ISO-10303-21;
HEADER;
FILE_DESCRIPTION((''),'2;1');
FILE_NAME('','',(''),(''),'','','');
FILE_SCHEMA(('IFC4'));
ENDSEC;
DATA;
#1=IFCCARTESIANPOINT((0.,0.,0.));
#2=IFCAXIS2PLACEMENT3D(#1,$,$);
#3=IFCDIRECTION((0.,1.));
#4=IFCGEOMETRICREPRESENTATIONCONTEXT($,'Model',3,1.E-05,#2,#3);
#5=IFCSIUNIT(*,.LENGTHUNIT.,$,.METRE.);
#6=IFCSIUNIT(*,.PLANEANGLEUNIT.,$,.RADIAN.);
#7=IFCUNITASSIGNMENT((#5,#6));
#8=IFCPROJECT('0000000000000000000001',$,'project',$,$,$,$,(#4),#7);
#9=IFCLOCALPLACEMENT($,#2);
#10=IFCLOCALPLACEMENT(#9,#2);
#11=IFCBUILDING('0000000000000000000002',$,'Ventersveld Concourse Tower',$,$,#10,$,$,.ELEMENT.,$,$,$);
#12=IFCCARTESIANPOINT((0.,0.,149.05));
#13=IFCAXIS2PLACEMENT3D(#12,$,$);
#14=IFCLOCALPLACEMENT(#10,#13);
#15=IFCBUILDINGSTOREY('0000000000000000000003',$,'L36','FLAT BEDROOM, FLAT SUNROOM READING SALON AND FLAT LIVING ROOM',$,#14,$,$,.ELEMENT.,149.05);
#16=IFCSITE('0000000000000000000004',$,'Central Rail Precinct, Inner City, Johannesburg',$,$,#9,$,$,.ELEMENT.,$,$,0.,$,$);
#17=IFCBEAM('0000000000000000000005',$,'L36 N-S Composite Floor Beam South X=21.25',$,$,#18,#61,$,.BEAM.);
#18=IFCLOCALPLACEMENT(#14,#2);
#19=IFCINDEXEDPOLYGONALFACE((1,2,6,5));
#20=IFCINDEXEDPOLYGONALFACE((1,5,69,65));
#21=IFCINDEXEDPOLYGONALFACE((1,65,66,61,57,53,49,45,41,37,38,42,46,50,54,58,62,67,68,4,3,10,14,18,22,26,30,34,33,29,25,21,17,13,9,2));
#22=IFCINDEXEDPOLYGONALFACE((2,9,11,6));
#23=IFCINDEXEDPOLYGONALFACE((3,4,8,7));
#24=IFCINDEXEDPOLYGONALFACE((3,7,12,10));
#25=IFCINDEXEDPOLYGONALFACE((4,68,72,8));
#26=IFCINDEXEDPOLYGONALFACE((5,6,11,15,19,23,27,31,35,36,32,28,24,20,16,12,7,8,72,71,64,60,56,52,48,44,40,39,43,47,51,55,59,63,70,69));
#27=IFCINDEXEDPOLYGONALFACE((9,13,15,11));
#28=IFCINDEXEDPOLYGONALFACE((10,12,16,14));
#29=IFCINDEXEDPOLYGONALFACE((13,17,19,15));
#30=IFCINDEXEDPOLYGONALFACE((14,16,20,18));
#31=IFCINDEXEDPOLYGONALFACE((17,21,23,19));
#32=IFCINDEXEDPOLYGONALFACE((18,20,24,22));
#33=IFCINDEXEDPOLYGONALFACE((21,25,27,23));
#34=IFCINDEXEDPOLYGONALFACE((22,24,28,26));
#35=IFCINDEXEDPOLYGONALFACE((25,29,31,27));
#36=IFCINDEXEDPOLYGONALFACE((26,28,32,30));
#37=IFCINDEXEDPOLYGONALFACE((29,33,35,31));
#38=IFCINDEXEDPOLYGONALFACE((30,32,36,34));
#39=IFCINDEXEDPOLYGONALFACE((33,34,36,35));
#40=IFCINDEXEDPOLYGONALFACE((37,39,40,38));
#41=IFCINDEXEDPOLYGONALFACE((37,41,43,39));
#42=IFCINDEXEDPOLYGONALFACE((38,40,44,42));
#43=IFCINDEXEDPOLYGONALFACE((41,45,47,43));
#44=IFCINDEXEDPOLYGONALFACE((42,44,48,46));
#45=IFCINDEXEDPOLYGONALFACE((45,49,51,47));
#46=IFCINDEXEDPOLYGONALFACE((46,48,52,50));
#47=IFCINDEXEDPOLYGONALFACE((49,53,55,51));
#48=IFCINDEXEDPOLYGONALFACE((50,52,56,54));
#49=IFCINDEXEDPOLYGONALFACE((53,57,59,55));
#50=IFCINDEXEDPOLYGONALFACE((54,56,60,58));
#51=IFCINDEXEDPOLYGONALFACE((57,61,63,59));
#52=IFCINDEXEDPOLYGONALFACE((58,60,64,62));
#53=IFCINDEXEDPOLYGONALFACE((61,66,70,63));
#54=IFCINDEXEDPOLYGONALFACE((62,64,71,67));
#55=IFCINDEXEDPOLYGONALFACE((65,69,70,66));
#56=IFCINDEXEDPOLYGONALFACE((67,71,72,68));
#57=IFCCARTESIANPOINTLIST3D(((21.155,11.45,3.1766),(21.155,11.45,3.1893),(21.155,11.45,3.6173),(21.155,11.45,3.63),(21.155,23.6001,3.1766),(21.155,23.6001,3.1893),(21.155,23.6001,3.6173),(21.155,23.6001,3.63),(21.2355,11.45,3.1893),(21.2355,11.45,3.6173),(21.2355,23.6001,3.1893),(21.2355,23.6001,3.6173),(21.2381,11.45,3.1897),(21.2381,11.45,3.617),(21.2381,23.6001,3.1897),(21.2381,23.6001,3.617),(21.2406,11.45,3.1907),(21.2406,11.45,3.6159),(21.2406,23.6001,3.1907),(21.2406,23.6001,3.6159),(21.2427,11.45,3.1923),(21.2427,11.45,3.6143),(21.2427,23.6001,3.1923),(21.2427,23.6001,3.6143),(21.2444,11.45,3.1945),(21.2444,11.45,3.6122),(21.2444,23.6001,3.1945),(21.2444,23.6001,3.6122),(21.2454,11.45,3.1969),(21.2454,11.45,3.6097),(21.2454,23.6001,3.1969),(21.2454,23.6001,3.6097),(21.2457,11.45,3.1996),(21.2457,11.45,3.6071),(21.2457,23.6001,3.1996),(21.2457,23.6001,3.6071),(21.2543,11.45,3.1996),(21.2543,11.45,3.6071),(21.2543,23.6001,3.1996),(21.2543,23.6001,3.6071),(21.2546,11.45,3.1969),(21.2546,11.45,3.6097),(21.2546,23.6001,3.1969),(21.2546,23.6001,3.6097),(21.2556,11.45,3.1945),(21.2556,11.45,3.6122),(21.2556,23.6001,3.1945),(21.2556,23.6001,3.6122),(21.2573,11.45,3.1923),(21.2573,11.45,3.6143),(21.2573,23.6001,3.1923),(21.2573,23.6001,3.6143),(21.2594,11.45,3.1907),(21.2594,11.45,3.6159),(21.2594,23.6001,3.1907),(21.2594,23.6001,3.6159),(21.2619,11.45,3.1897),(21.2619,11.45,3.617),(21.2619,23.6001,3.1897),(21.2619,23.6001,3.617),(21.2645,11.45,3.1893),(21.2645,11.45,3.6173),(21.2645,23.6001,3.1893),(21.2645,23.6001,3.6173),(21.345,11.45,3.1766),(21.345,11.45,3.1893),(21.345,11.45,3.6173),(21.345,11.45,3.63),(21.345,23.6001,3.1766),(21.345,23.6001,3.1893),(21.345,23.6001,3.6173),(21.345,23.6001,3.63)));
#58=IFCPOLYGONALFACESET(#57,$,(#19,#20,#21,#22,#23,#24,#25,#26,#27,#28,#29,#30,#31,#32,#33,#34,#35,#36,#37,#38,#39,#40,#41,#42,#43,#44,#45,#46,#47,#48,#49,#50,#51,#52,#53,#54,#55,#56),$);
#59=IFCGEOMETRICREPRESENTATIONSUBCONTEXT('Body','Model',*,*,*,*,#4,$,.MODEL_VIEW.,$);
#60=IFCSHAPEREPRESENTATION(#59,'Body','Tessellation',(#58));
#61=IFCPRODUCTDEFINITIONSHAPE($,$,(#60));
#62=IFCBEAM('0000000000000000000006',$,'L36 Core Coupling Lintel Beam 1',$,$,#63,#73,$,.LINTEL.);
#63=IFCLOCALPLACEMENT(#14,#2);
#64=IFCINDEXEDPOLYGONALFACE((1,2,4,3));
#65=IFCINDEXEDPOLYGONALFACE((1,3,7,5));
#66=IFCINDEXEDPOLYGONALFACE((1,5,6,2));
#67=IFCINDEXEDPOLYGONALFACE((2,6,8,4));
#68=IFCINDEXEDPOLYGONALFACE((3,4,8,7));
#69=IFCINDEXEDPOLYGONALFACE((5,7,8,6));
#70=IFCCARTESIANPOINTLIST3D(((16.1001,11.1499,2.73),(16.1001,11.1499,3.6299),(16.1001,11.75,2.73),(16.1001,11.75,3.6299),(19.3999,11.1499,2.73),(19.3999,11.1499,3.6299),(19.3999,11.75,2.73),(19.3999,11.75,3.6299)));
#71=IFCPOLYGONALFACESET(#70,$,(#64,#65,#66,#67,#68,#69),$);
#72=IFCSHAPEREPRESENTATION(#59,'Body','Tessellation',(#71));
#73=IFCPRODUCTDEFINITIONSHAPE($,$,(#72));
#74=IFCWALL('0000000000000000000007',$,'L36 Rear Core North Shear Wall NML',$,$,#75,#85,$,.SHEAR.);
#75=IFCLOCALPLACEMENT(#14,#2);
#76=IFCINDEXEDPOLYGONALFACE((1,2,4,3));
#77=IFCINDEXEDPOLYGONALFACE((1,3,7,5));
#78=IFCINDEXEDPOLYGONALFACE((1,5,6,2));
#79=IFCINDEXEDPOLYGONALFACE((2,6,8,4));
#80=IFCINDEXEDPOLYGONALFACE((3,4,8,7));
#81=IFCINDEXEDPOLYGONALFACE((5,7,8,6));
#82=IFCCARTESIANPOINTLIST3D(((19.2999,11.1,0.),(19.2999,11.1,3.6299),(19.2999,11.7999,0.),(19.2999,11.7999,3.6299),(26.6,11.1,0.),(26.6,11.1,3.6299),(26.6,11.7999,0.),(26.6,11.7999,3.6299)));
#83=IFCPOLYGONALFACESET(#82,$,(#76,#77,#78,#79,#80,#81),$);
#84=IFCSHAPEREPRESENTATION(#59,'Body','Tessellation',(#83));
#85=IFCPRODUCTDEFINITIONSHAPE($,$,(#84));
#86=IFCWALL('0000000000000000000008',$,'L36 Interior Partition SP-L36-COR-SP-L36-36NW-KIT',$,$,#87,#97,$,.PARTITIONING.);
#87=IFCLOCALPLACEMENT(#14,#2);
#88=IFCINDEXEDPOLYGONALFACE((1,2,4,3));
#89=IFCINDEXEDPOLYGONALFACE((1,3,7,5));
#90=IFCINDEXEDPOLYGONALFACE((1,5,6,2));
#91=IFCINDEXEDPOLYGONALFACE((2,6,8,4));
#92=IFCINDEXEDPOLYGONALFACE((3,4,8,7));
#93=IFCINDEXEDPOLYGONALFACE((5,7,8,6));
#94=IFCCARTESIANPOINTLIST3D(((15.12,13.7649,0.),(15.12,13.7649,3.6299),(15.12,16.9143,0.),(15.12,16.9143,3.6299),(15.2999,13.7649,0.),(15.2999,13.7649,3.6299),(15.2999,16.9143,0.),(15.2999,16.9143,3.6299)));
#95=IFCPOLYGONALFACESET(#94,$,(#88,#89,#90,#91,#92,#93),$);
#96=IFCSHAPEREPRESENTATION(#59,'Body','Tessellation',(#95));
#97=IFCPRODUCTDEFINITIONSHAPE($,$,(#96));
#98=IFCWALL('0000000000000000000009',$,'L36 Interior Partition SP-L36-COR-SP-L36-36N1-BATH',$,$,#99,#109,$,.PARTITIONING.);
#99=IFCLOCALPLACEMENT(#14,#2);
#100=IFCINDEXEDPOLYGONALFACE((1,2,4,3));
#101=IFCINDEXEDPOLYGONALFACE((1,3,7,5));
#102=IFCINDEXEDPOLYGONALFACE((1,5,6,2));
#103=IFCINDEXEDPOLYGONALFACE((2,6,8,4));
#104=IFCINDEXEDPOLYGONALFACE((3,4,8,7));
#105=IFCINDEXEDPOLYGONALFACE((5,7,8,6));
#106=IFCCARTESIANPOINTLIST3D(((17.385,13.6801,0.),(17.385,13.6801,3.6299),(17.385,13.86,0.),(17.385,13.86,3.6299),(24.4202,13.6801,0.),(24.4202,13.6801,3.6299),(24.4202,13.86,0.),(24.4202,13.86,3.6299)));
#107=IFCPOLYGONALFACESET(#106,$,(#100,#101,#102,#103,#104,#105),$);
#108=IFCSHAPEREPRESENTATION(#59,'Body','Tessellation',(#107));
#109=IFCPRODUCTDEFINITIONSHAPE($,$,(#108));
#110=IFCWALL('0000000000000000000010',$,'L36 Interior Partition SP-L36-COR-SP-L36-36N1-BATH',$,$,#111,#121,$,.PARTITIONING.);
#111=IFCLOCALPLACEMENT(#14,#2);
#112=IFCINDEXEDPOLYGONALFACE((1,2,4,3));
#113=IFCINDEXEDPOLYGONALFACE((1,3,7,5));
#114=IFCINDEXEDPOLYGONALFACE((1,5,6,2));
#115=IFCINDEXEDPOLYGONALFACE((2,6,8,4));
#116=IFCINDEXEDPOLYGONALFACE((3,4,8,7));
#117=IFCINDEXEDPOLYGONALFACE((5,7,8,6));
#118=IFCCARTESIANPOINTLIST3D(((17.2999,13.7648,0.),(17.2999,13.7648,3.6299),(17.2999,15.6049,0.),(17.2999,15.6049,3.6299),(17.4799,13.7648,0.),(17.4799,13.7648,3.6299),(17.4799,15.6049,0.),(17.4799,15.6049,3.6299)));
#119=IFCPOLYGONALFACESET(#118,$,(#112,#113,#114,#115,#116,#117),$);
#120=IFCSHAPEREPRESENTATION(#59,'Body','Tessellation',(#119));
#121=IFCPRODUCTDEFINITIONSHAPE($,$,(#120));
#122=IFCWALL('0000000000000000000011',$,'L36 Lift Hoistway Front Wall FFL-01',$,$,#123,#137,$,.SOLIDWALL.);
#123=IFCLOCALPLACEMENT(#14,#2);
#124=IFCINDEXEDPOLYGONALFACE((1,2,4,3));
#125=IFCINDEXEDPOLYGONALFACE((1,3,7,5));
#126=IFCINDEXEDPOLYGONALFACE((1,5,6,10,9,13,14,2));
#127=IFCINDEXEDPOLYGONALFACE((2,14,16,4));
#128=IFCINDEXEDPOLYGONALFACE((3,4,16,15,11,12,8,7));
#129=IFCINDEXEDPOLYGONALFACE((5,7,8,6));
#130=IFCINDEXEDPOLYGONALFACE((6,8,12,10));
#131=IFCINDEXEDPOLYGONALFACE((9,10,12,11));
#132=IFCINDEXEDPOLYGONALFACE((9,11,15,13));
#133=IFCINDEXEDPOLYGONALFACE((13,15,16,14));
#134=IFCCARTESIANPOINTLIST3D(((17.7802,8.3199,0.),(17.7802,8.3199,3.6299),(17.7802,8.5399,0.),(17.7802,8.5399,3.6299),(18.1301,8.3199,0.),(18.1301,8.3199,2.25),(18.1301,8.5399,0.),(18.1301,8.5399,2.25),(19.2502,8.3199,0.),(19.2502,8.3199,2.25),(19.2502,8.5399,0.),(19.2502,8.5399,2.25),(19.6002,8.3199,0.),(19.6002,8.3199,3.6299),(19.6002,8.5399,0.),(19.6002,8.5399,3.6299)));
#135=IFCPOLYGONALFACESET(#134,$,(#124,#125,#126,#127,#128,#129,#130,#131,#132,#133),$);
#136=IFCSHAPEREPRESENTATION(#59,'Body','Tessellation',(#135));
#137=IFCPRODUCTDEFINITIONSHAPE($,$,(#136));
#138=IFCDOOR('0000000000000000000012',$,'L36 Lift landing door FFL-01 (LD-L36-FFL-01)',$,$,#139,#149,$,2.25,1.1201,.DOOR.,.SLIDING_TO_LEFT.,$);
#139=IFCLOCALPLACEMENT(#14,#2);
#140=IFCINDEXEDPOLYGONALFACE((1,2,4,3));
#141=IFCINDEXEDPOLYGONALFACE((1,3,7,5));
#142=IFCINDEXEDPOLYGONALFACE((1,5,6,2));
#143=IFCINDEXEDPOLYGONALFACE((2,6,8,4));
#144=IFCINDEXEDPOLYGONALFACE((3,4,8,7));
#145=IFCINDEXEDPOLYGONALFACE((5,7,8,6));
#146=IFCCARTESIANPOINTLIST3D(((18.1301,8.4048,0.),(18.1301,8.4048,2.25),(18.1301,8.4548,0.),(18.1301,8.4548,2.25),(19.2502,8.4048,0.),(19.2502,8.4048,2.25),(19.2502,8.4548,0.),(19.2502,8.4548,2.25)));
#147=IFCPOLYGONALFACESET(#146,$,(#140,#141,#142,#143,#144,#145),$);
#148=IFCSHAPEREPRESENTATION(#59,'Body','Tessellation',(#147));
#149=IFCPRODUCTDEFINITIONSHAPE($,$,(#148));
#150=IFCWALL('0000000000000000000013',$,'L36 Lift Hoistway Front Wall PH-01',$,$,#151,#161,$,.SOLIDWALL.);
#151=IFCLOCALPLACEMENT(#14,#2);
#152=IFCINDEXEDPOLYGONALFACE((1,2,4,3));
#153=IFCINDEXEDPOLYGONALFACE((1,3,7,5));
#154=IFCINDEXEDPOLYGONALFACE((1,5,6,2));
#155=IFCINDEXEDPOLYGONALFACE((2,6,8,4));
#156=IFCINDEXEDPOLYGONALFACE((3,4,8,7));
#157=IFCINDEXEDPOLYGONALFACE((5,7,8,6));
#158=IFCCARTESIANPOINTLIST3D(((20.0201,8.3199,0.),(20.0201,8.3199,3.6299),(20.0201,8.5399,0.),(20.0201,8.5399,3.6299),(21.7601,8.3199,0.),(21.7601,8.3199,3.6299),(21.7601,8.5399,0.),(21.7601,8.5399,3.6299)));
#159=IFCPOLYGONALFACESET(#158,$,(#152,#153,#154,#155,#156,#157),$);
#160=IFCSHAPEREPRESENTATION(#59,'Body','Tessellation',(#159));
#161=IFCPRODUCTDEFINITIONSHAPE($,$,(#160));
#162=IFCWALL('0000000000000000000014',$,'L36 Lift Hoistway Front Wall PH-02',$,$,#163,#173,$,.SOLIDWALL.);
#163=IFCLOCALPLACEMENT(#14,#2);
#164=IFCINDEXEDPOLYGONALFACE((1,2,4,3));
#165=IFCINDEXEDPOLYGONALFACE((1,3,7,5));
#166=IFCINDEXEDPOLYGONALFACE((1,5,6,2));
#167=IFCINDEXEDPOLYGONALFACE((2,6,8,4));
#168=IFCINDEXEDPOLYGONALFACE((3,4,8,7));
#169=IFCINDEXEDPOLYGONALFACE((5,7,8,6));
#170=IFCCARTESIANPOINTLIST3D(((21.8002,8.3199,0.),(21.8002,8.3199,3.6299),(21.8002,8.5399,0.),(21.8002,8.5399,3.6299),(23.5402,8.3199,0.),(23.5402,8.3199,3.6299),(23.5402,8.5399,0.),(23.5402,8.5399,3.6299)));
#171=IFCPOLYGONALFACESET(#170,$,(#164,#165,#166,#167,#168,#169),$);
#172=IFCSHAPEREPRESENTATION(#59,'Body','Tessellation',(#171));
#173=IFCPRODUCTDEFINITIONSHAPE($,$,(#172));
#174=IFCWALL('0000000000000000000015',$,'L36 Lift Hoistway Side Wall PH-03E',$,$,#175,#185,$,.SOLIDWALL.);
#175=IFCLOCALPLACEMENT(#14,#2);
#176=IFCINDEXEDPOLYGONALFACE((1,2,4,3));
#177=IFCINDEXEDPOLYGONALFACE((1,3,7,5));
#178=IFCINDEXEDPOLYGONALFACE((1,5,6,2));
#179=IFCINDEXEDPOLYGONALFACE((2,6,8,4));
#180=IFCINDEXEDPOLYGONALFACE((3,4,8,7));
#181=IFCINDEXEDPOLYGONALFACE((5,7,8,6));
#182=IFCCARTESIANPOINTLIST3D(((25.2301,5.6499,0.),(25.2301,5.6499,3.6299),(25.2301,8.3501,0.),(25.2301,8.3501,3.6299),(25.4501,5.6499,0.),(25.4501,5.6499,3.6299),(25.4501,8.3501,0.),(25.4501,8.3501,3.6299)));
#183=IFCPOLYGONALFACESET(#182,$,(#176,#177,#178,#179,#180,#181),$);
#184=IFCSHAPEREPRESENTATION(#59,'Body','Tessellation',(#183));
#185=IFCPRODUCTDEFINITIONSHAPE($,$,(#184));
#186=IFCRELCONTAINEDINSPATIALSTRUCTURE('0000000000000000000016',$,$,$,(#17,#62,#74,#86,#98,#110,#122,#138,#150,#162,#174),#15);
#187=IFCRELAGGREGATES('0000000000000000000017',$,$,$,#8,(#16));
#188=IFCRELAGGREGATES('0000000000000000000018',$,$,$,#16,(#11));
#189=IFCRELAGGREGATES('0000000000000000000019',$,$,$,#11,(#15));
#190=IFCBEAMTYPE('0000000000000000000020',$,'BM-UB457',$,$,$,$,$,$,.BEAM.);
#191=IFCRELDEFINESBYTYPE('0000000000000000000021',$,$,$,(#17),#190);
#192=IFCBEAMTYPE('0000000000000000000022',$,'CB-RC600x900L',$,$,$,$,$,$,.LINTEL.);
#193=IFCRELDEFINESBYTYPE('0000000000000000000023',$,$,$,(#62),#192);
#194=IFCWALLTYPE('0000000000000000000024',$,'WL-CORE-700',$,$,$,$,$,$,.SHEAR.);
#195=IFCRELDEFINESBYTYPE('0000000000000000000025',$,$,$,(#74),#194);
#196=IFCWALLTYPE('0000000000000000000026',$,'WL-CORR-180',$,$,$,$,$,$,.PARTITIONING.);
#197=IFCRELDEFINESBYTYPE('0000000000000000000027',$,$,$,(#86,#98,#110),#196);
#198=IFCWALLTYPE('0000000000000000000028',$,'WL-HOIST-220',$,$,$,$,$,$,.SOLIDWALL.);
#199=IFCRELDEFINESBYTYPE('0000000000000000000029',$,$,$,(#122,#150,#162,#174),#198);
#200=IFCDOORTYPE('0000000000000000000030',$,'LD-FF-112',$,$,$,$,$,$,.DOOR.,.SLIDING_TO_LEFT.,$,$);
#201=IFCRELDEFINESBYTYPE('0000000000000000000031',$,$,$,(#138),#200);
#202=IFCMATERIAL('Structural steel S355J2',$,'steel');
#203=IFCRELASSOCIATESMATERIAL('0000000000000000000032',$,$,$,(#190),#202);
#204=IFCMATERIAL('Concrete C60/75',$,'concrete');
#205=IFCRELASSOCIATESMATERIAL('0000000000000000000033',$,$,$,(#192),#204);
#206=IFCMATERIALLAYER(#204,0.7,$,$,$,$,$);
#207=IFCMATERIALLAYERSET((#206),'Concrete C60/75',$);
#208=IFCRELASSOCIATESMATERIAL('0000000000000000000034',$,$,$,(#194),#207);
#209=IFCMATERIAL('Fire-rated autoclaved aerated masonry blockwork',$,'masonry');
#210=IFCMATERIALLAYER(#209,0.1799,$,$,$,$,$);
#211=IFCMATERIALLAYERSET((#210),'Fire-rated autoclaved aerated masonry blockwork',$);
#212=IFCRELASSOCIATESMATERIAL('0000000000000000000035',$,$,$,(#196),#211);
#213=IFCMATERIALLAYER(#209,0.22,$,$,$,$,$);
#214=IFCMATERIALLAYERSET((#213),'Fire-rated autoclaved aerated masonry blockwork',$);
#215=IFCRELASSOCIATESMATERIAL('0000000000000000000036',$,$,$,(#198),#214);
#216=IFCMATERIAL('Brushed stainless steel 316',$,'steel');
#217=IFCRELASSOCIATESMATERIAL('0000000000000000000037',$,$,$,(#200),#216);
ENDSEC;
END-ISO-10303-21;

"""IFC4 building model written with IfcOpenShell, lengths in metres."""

from ifc_helpers import new_model, si_unit, direction, frame, frame_2d, origin, origin_2d, place, context, subcontext, project, spatial, rectangle, i_section, extrude, material, layer, layer_set, material_profile, profile_set, type_object, element, fill, save


model = new_model("IFC4")

# Units and contexts
model_context = context("Model", 3, precision=1e-05, world=origin(), true_north=direction((0.0, 1.0)))
body_context = subcontext(model_context, "Body", "Model", "MODEL_VIEW")
ifc_project = project(units=[si_unit("LENGTHUNIT", "METRE"), si_unit("PLANEANGLEUNIT", "RADIAN")], contexts=[model_context])

# Site, building, storey
site_placement = place(None, origin())
site = spatial("IfcSite", under=ifc_project, at=site_placement, Name="Central Rail Precinct, Inner City, Johannesburg", CompositionType="ELEMENT", RefElevation=0.0)
building_placement = place(site_placement, origin())
building = spatial("IfcBuilding", under=site, at=building_placement, Name="Ventersveld Concourse Tower", CompositionType="ELEMENT")
storey_placement = place(building_placement, frame((0.0, 0.0, 149.05)))
storey = spatial("IfcBuildingStorey", under=building, at=storey_placement, Name="L36", Description="FLAT BEDROOM, FLAT SUNROOM READING SALON AND FLAT LIVING ROOM", CompositionType="ELEMENT", Elevation=149.05)

# Beams
ifc_material_1 = material(Name="Structural steel S355J2", Category="steel")
ifc_material_profile_1 = material_profile(ifc_material_1, i_section(OverallWidth=0.1899, OverallDepth=0.4534, WebThickness=0.0085, FlangeThickness=0.0127, FilletRadius=0.0103, at=origin_2d()), Name="UB 457x191x67")
ifc_profile_set_1 = profile_set([ifc_material_profile_1], Name="Structural steel S355J2")
beam_type_1 = type_object("IfcBeamType", Name="BM-UB457", PredefinedType="BEAM", material=ifc_profile_set_1)
beam_1_placement = place(storey_placement, frame((21.25, 11.45, 3.4033), z_axis=(0.0, 1.0, 0.0), x_axis=(-1.0, 0.0, 0.0)))
element("IfcBeam", 1, at=beam_1_placement, inside=storey, type_object=beam_type_1, Name="L36 N-S Composite Floor Beam South X=21.25", PredefinedType="BEAM", context=body_context, shape_type="SweptSolid", body=[
    extrude(i_section(OverallWidth=0.1899, OverallDepth=0.4534, WebThickness=0.0085, FlangeThickness=0.0127, FilletRadius=0.0103, at=origin_2d()), origin(), (0.0, 0.0, 1.0), 12.1501),
])
ifc_material_2 = material(Name="Concrete C60/75", Category="concrete")
ifc_material_profile_2 = material_profile(ifc_material_2, rectangle(XDim=0.6001, YDim=0.8999, at=origin_2d()), Name="RC 600x900")
ifc_profile_set_2 = profile_set([ifc_material_profile_2], Name="Concrete C60/75")
beam_type_2 = type_object("IfcBeamType", Name="CB-RC600x900L", PredefinedType="LINTEL", material=ifc_profile_set_2)
beam_2_placement = place(storey_placement, frame((16.1001, 11.45, 3.1799), z_axis=(1.0, 0.0, 0.0), x_axis=(0.0, 1.0, 0.0)))
element("IfcBeam", 2, at=beam_2_placement, inside=storey, type_object=beam_type_2, Name="L36 Core Coupling Lintel Beam 1", PredefinedType="LINTEL", context=body_context, shape_type="SweptSolid", body=[
    extrude(rectangle(XDim=0.6001, YDim=0.8999, at=origin_2d()), origin(), (0.0, 0.0, 1.0), 3.2998),
])

# Walls
ifc_layer_1 = layer(ifc_material_2, 0.7)
ifc_layer_set_1 = layer_set([ifc_layer_1], Name="Concrete C60/75")
wall_type_1 = type_object("IfcWallType", Name="WL-CORE-700", PredefinedType="SHEAR", material=ifc_layer_set_1)
wall_1_placement = place(storey_placement, frame((19.3, 11.45, 0.0), z_axis=(0.0, 0.0, 1.0), x_axis=(1.0, 0.0, 0.0)))
element("IfcWall", 3, at=wall_1_placement, inside=storey, type_object=wall_type_1, Name="L36 Rear Core North Shear Wall NML", PredefinedType="SHEAR", context=body_context, shape_type="SweptSolid", body=[
    extrude(rectangle(XDim=7.3, YDim=0.7, at=frame_2d((3.6499, 0.0))), origin(), (0.0, 0.0, 1.0), 3.6299),
])
ifc_material_3 = material(Name="Fire-rated autoclaved aerated masonry blockwork", Category="masonry")
ifc_layer_2 = layer(ifc_material_3, 0.1799)
ifc_layer_set_2 = layer_set([ifc_layer_2], Name="Fire-rated autoclaved aerated masonry blockwork")
wall_type_2 = type_object("IfcWallType", Name="WL-CORR-180", PredefinedType="PARTITIONING", material=ifc_layer_set_2)
wall_2_placement = place(storey_placement, frame((15.21, 13.7649, 0.0), z_axis=(0.0, 0.0, 1.0), x_axis=(0.0, 1.0, 0.0)))
element("IfcWall", 4, at=wall_2_placement, inside=storey, type_object=wall_type_2, Name="L36 Interior Partition SP-L36-COR-SP-L36-36NW-KIT", PredefinedType="PARTITIONING", context=body_context, shape_type="SweptSolid", body=[
    extrude(rectangle(XDim=3.1494, YDim=0.1799, at=frame_2d((1.5747, 0.0))), origin(), (0.0, 0.0, 1.0), 3.6299),
])
wall_3_placement = place(storey_placement, frame((17.385, 13.77, 0.0), z_axis=(0.0, 0.0, 1.0), x_axis=(1.0, 0.0, 0.0)))
element("IfcWall", 5, at=wall_3_placement, inside=storey, type_object=wall_type_2, Name="L36 Interior Partition SP-L36-COR-SP-L36-36N1-BATH", PredefinedType="PARTITIONING", context=body_context, shape_type="SweptSolid", body=[
    extrude(rectangle(XDim=7.0352, YDim=0.1799, at=frame_2d((3.5176, 0.0))), origin(), (0.0, 0.0, 1.0), 3.6299),
])
wall_4_placement = place(storey_placement, frame((17.3899, 13.7649, 0.0), z_axis=(0.0, 0.0, 1.0), x_axis=(0.0, 1.0, 0.0)))
element("IfcWall", 6, at=wall_4_placement, inside=storey, type_object=wall_type_2, Name="L36 Interior Partition SP-L36-COR-SP-L36-36N1-BATH", PredefinedType="PARTITIONING", context=body_context, shape_type="SweptSolid", body=[
    extrude(rectangle(XDim=1.8401, YDim=0.1799, at=frame_2d((0.9199, 0.0))), origin(), (0.0, 0.0, 1.0), 3.6299),
])

# Wall, opening, door
ifc_layer_3 = layer(ifc_material_3, 0.22)
ifc_layer_set_3 = layer_set([ifc_layer_3], Name="Fire-rated autoclaved aerated masonry blockwork")
wall_type_3 = type_object("IfcWallType", Name="WL-HOIST-220", PredefinedType="SOLIDWALL", material=ifc_layer_set_3)
wall_5_placement = place(storey_placement, frame((17.78, 8.4299, 0.0), z_axis=(0.0, 0.0, 1.0), x_axis=(1.0, 0.0, 0.0)))
wall_5 = element("IfcWall", 7, at=wall_5_placement, inside=storey, type_object=wall_type_3, Name="L36 Lift Hoistway Front Wall FFL-01", PredefinedType="SOLIDWALL", context=body_context, shape_type="SweptSolid", body=[
    extrude(rectangle(XDim=1.8201, YDim=0.22, at=frame_2d((0.9102, 0.0))), origin(), (0.0, 0.0, 1.0), 3.6299),
])
opening_1_placement = place(wall_5_placement, frame((0.3501, 0.0, 0.0)))
opening_1 = element("IfcOpeningElement", 8, at=opening_1_placement, cuts=wall_5, PredefinedType="OPENING", context=body_context, shape_type="SweptSolid", body=[
    extrude(rectangle(XDim=1.1201, YDim=2.25, at=frame_2d((0.5601, 1.125))), frame((0.0, 0.1201, 0.0), z_axis=(0.0, -1.0, 0.0), x_axis=(1.0, 0.0, 0.0)), (0.0, 0.0, 1.0), 0.24),
])
ifc_material_4 = material(Name="Brushed stainless steel 316", Category="steel")
door_type_1 = type_object("IfcDoorType", Name="LD-FF-112", OperationType="SLIDING_TO_LEFT", PredefinedType="DOOR", material=ifc_material_4)
door_1_placement = place(opening_1_placement, origin())
door_1 = element("IfcDoor", 9, at=door_1_placement, inside=storey, type_object=door_type_1, Name="L36 Lift landing door FFL-01 (LD-L36-FFL-01)", OperationType="SLIDING_TO_LEFT", OverallHeight=2.25, OverallWidth=1.1201, PredefinedType="DOOR", context=body_context, shape_type="SweptSolid", body=[
    extrude(rectangle(XDim=1.1201, YDim=2.25, at=frame_2d((0.5601, 1.125))), frame((0.0, 0.0249, 0.0), z_axis=(0.0, -1.0, 0.0), x_axis=(1.0, 0.0, 0.0)), (0.0, 0.0, 1.0), 0.05),
])
fill(opening_1, door_1)

# Walls
for number, where, z_axis, x_axis, name in (
    (10, (20.02, 8.4299, 0.0), (0.0, 0.0, 1.0), (1.0, 0.0, 0.0), "L36 Lift Hoistway Front Wall PH-01"),
    (11, (21.8, 8.4299, 0.0), (0.0, 0.0, 1.0), (1.0, 0.0, 0.0), "L36 Lift Hoistway Front Wall PH-02"),
):
    element("IfcWall", number, at=place(storey_placement, frame(where, z_axis=z_axis, x_axis=x_axis)), inside=storey, type_object=wall_type_3, Name=name, PredefinedType="SOLIDWALL", context=body_context, shape_type="SweptSolid", body=[
        extrude(rectangle(XDim=1.74, YDim=0.22, at=frame_2d((0.8701, 0.0))), origin(), (0.0, 0.0, 1.0), 3.6299),
    ])
wall_6_placement = place(storey_placement, frame((25.3401, 5.6499, 0.0), z_axis=(0.0, 0.0, 1.0), x_axis=(0.0, 1.0, 0.0)))
element("IfcWall", 12, at=wall_6_placement, inside=storey, type_object=wall_type_3, Name="L36 Lift Hoistway Side Wall PH-03E", PredefinedType="SOLIDWALL", context=body_context, shape_type="SweptSolid", body=[
    extrude(rectangle(XDim=2.7002, YDim=0.22, at=frame_2d((1.3501, 0.0))), origin(), (0.0, 0.0, 1.0), 3.6299),
])

save(model, "model.ifc")
